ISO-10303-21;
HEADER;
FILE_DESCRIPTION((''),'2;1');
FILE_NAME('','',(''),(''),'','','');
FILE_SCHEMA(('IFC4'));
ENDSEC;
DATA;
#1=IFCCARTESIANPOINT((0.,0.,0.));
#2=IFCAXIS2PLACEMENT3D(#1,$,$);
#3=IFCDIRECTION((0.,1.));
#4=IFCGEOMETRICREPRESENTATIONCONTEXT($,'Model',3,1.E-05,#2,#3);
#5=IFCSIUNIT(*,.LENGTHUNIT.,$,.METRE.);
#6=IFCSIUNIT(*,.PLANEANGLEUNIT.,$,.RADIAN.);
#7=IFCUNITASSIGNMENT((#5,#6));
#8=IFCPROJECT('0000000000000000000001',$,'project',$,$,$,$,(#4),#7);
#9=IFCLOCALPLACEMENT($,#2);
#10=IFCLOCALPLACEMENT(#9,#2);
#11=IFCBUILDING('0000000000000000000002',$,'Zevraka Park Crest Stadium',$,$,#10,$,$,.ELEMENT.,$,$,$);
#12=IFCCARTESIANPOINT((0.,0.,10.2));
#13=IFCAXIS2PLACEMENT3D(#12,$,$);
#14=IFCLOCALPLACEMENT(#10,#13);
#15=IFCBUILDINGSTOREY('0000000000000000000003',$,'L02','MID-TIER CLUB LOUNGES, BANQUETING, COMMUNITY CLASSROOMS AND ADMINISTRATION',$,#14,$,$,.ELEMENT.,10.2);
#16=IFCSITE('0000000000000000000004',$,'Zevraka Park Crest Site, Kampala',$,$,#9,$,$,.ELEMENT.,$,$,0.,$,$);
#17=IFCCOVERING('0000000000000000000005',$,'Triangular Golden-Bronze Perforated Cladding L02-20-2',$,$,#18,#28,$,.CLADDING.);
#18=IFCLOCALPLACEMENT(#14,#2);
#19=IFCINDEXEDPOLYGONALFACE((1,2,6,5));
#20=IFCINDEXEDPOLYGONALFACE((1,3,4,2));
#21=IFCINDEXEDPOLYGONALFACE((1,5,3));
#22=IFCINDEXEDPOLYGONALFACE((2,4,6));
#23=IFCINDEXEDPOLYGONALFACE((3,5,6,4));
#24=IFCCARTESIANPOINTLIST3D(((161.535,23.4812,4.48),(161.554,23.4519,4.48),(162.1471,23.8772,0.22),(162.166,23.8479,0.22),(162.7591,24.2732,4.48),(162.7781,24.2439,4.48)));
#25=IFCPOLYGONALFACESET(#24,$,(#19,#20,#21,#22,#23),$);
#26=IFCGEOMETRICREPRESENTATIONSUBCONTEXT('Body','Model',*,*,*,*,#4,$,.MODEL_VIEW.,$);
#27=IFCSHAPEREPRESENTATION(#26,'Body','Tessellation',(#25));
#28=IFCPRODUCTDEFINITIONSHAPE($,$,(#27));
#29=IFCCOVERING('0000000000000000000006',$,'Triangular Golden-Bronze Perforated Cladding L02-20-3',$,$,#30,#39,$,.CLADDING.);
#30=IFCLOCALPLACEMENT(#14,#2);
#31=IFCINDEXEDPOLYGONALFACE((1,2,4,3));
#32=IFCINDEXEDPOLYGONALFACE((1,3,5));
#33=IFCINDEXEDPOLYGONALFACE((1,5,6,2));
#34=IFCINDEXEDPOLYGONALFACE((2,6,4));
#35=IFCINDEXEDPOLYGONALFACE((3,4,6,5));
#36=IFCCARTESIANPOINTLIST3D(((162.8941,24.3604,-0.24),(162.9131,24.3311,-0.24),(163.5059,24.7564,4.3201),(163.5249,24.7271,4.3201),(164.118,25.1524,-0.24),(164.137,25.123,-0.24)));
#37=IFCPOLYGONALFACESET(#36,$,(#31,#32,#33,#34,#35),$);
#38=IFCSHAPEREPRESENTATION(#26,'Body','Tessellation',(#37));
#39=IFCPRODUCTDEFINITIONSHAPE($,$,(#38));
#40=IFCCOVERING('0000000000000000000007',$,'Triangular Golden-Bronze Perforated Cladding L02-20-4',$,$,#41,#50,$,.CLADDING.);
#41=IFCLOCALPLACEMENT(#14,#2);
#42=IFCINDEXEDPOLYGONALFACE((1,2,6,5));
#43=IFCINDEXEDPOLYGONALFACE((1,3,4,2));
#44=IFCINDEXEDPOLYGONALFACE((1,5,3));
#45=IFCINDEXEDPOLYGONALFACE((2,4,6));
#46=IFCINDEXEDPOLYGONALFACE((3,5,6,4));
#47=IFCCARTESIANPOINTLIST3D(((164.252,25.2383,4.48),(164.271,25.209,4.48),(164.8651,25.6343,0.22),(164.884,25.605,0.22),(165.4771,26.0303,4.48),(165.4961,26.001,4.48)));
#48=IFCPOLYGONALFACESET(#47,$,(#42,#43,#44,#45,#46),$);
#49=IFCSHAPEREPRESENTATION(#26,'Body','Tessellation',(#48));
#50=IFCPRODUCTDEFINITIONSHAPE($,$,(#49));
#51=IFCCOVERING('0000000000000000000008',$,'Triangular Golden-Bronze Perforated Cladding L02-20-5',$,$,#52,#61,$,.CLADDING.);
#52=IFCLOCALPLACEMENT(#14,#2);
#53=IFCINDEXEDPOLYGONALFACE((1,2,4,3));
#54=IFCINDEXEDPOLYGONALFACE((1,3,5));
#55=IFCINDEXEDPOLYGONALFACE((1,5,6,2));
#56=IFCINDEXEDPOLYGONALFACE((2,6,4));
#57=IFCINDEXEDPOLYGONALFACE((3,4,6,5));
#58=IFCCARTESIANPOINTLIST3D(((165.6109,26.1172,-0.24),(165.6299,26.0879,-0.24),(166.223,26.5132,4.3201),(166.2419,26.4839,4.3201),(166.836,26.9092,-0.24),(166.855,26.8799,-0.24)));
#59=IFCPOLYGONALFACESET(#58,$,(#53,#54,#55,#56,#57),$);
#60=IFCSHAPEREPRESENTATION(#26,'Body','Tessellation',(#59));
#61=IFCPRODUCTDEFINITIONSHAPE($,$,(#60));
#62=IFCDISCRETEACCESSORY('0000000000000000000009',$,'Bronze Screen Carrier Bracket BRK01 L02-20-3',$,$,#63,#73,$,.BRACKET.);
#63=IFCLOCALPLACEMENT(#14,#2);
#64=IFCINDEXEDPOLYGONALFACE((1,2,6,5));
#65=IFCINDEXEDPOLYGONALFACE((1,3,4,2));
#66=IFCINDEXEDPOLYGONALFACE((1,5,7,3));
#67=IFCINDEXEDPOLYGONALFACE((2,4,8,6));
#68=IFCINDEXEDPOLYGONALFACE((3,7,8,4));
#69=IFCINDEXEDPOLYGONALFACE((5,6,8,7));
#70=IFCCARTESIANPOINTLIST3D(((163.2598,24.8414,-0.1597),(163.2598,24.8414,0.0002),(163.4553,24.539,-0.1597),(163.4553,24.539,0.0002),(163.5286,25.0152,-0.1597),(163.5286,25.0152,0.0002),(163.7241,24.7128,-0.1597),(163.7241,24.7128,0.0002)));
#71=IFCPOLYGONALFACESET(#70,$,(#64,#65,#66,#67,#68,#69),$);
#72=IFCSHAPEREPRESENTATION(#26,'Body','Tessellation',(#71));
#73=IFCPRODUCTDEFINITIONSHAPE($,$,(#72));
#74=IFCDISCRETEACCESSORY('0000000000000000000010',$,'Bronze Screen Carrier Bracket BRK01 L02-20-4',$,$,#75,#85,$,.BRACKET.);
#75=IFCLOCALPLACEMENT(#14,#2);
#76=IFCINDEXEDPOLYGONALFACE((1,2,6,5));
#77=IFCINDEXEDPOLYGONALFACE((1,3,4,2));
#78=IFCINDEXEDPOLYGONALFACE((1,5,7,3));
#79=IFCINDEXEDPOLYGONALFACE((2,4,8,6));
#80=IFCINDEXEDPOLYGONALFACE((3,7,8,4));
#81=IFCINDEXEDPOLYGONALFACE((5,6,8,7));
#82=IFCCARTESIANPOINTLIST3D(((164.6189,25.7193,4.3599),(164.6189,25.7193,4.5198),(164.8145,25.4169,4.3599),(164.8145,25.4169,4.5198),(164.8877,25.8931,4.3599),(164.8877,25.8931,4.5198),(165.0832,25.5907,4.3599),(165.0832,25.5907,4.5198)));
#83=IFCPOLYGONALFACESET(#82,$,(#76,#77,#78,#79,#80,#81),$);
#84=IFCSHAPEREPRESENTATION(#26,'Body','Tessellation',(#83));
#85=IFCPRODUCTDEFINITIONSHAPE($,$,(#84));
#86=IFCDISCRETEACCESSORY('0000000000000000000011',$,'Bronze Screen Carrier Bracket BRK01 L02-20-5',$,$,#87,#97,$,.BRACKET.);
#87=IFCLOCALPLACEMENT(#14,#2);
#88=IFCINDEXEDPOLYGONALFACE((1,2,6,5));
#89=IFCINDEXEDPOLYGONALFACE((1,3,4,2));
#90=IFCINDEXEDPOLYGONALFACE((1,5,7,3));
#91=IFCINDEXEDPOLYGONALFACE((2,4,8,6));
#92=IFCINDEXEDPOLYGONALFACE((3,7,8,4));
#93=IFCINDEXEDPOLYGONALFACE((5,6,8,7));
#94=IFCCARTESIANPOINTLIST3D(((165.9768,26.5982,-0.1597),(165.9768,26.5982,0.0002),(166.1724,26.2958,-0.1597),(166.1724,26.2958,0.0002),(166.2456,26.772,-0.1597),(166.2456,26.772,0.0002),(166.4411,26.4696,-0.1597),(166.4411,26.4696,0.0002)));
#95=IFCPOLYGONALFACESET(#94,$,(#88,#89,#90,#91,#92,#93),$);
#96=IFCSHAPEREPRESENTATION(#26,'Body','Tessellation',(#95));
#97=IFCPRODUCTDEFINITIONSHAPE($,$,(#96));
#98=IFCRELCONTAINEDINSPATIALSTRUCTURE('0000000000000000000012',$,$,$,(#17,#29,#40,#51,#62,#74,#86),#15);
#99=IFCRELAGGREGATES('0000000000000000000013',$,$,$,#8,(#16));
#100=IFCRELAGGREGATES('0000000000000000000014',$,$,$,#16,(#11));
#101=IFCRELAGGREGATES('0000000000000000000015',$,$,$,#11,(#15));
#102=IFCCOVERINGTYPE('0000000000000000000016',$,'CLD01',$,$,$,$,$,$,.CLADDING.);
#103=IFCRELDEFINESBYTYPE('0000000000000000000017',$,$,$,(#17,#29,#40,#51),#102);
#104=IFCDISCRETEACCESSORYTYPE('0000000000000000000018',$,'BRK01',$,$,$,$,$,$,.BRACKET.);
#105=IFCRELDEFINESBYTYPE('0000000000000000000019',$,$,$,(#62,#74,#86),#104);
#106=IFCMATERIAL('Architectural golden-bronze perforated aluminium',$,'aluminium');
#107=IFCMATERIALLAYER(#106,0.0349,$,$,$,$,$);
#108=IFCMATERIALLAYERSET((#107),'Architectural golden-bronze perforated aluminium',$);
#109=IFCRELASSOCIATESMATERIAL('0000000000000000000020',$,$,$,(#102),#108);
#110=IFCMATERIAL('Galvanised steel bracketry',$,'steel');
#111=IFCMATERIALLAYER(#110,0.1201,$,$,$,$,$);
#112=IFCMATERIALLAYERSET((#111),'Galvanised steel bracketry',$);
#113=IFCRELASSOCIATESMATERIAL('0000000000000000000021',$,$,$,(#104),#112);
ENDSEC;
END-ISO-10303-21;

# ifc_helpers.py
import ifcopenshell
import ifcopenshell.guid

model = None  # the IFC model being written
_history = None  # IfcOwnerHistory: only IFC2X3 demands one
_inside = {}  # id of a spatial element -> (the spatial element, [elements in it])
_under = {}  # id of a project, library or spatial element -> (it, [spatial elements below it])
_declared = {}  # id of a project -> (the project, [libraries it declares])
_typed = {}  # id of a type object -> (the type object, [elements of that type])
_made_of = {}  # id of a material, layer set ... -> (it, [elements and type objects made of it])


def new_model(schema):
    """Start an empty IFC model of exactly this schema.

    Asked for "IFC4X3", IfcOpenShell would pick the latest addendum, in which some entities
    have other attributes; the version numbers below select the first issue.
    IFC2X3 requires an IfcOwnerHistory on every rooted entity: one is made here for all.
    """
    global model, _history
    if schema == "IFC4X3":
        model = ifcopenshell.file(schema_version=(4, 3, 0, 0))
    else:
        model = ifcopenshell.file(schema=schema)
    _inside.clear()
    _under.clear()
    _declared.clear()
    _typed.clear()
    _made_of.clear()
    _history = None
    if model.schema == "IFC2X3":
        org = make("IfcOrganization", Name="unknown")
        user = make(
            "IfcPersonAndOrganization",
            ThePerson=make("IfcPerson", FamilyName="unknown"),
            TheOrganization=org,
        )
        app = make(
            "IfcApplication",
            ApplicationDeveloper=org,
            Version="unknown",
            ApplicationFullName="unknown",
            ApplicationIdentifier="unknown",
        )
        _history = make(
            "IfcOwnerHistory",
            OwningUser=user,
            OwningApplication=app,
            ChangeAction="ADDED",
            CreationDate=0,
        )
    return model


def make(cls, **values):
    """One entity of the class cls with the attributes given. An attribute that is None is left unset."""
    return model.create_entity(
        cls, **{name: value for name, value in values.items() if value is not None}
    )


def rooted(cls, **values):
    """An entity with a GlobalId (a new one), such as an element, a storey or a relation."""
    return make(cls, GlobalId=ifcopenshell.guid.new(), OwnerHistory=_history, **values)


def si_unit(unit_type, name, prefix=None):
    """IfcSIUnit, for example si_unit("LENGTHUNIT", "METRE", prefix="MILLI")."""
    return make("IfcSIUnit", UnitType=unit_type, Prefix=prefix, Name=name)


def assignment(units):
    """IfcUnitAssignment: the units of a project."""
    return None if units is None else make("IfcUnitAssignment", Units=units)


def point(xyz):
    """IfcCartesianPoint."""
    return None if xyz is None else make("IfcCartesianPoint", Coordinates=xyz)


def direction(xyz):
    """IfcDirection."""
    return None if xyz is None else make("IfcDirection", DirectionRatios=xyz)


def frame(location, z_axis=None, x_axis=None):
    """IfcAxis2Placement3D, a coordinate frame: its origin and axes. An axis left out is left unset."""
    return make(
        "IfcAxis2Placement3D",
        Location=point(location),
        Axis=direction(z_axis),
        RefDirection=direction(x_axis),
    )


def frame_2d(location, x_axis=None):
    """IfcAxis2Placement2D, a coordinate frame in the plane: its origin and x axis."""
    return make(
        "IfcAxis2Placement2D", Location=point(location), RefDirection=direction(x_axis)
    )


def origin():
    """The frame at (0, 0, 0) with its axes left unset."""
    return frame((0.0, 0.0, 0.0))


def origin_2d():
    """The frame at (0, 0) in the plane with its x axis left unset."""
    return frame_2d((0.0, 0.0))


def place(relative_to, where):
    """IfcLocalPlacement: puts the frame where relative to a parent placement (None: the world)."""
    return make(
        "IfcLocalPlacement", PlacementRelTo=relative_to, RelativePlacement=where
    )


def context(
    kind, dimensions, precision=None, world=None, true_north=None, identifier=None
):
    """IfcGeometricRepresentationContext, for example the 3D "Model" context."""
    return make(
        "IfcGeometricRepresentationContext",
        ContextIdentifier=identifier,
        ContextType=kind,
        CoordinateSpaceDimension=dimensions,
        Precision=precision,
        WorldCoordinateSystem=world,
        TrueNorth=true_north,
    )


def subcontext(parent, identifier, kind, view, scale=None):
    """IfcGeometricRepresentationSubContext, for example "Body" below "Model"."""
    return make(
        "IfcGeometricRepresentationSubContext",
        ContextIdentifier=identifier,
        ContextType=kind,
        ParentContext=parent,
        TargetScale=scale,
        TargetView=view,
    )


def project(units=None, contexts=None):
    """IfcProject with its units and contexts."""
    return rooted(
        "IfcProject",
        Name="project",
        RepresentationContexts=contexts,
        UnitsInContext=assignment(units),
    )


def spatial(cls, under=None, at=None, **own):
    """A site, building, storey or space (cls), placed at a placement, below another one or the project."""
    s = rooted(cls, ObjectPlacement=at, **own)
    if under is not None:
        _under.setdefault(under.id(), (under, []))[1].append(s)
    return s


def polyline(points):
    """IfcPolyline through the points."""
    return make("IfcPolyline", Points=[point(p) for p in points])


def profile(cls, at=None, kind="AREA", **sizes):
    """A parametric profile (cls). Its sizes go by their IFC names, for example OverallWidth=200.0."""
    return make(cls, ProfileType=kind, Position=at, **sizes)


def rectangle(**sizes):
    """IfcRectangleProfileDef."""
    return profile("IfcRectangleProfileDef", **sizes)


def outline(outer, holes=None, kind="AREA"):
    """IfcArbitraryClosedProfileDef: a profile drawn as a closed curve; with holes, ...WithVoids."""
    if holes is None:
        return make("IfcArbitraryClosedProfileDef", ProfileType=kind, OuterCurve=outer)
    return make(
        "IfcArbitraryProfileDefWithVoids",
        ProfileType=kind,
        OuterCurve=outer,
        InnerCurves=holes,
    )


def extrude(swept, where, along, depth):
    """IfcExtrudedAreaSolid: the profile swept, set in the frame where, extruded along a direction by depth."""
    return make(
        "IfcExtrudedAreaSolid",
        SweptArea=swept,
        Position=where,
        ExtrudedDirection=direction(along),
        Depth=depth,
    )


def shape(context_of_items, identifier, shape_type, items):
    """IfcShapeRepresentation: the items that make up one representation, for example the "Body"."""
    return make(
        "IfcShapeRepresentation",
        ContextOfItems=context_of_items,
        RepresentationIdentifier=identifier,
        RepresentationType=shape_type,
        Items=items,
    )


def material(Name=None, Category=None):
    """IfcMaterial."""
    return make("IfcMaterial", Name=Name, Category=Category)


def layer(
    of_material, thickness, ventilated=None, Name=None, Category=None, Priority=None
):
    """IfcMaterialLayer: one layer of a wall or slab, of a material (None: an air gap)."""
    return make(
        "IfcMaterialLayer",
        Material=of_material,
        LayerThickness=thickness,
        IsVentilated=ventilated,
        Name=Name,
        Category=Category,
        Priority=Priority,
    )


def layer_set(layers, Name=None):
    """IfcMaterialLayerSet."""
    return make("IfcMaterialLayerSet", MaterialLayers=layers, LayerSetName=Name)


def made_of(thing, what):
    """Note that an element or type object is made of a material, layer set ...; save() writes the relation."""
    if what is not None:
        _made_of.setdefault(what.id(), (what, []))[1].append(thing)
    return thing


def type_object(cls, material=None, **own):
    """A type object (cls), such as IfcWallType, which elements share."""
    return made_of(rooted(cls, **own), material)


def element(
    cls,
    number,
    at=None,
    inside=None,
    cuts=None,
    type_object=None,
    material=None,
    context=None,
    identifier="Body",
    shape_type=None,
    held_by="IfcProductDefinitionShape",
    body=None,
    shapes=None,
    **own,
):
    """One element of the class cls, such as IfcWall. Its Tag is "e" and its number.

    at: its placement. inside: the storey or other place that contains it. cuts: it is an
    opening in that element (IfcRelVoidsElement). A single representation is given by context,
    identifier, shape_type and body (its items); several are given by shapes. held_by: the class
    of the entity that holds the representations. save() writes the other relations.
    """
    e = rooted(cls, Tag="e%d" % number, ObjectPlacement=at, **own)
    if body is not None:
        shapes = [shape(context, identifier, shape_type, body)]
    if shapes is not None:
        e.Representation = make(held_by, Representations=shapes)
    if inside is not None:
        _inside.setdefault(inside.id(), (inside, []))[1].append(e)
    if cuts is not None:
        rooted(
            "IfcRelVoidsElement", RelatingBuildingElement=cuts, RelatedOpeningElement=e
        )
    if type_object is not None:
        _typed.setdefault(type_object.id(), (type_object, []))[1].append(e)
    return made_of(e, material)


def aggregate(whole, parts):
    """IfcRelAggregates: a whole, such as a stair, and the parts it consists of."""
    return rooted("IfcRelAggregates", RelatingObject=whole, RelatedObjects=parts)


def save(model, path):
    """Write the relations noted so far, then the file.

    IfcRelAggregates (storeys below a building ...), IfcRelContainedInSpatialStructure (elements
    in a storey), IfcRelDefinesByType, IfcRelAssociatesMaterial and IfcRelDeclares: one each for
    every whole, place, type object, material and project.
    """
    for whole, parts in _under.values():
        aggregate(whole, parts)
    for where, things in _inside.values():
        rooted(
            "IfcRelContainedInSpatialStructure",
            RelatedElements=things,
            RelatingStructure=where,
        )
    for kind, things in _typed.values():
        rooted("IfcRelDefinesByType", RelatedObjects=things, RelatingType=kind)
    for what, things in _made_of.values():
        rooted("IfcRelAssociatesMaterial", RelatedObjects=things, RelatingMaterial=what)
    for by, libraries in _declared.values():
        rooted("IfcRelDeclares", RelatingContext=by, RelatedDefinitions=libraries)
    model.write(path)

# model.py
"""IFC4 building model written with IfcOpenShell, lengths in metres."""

from ifc_helpers import new_model, si_unit, direction, frame, origin, origin_2d, place, context, subcontext, project, spatial, polyline, rectangle, outline, extrude, material, layer, layer_set, type_object, element, save


model = new_model("IFC4")

# Units and contexts
model_context = context("Model", 3, precision=1e-05, world=origin(), true_north=direction((0.0, 1.0)))
body_context = subcontext(model_context, "Body", "Model", "MODEL_VIEW")
ifc_project = project(units=[si_unit("LENGTHUNIT", "METRE"), si_unit("PLANEANGLEUNIT", "RADIAN")], contexts=[model_context])

# Site, building, storey
site_placement = place(None, origin())
site = spatial("IfcSite", under=ifc_project, at=site_placement, Name="Zevraka Park Crest Site, Kampala", CompositionType="ELEMENT", RefElevation=0.0)
building_placement = place(site_placement, origin())
building = spatial("IfcBuilding", under=site, at=building_placement, Name="Zevraka Park Crest Stadium", CompositionType="ELEMENT")
storey_placement = place(building_placement, frame((0.0, 0.0, 10.2)))
storey = spatial("IfcBuildingStorey", under=building, at=storey_placement, Name="L02", Description="MID-TIER CLUB LOUNGES, BANQUETING, COMMUNITY CLASSROOMS AND ADMINISTRATION", CompositionType="ELEMENT", Elevation=10.2)

# Coverings
ifc_material_1 = material(Name="Architectural golden-bronze perforated aluminium", Category="aluminium")
ifc_layer_1 = layer(ifc_material_1, 0.0349)
ifc_layer_set_1 = layer_set([ifc_layer_1], Name="Architectural golden-bronze perforated aluminium")
covering_type = type_object("IfcCoveringType", Name="CLD01", PredefinedType="CLADDING", material=ifc_layer_set_1)
covering_1_placement = place(storey_placement, frame((162.7781, 24.2439, 4.48), z_axis=(0.54321, -0.839597, 0.0), x_axis=(-0.839597, -0.54321, 0.0)))
element("IfcCovering", 1, at=covering_1_placement, inside=storey, type_object=covering_type, Name="Triangular Golden-Bronze Perforated Cladding L02-20-2", PredefinedType="CLADDING", context=body_context, shape_type="SweptSolid", body=[
    extrude(outline(polyline([(0.0, 0.0), (1.458, 0.0), (0.729, 4.26), (0.0, 0.0)])), origin(), (0.0, 0.0, -1.0), 0.0349),
])
covering_2_placement = place(storey_placement, frame((162.9131, 24.3311, -0.24), z_axis=(0.543286, -0.839548, 0.000015), x_axis=(0.839548, 0.543286, 0.0)))
element("IfcCovering", 2, at=covering_2_placement, inside=storey, type_object=covering_type, Name="Triangular Golden-Bronze Perforated Cladding L02-20-3", PredefinedType="CLADDING", context=body_context, shape_type="SweptSolid", body=[
    extrude(outline(polyline([(0.0, 0.0), (1.4578, 0.0), (0.7288, 4.5601), (0.0, 0.0)])), origin(), (0.0, 0.0, -1.0), 0.0349),
])
covering_3_placement = place(storey_placement, frame((165.4961, 26.001, 4.48), z_axis=(0.542904, -0.839795, 0.000062), x_axis=(-0.839795, -0.542904, 0.0)))
element("IfcCovering", 3, at=covering_3_placement, inside=storey, type_object=covering_type, Name="Triangular Golden-Bronze Perforated Cladding L02-20-4", PredefinedType="CLADDING", context=body_context, shape_type="SweptSolid", body=[
    extrude(outline(polyline([(0.0, 0.0), (1.4588, 0.0), (0.729, 4.26), (0.0, 0.0)])), origin(), (0.0, 0.0, -1.0), 0.0349),
])
covering_4_placement = place(storey_placement, frame((165.6299, 26.0879, -0.24), z_axis=(0.542904, -0.839795, 0.000058), x_axis=(0.839795, 0.542904, 0.0)))
element("IfcCovering", 4, at=covering_4_placement, inside=storey, type_object=covering_type, Name="Triangular Golden-Bronze Perforated Cladding L02-20-5", PredefinedType="CLADDING", context=body_context, shape_type="SweptSolid", body=[
    extrude(outline(polyline([(0.0, 0.0), (1.4588, 0.0), (0.729, 4.5601), (0.0, 0.0)])), origin(), (0.0, 0.0, -1.0), 0.0349),
])

# Discrete accessories
ifc_material_2 = material(Name="Galvanised steel bracketry", Category="steel")
ifc_layer_2 = layer(ifc_material_2, 0.1201)
ifc_layer_set_2 = layer_set([ifc_layer_2], Name="Galvanised steel bracketry")
discrete_accessory_type = type_object("IfcDiscreteAccessoryType", Name="BRK01", PredefinedType="BRACKET", material=ifc_layer_set_2)
for number, where, z_axis, x_axis, name in (
    (5, (163.4919, 24.7771, -0.1597), (0.0, 0.0, 1.0), (0.839715, 0.543028, 0.0), "Bronze Screen Carrier Bracket BRK01 L02-20-3"),
    (6, (164.8511, 25.655, 4.3599), (0.0, 0.0, 1.0), (0.839715, 0.543028, 0.0), "Bronze Screen Carrier Bracket BRK01 L02-20-4"),
    (7, (166.209, 26.5339, -0.1597), (0.0, 0.0, 1.0), (0.839715, 0.543028, 0.0), "Bronze Screen Carrier Bracket BRK01 L02-20-5"),
):
    element("IfcDiscreteAccessory", number, at=place(storey_placement, frame(where, z_axis=z_axis, x_axis=x_axis)), inside=storey, type_object=discrete_accessory_type, Name=name, PredefinedType="BRACKET", context=body_context, shape_type="SweptSolid", body=[
        extrude(rectangle(XDim=0.3201, YDim=0.3601, at=origin_2d()), origin(), (0.0, 0.0, 1.0), 0.1599),
    ])

save(model, "model.ifc")
